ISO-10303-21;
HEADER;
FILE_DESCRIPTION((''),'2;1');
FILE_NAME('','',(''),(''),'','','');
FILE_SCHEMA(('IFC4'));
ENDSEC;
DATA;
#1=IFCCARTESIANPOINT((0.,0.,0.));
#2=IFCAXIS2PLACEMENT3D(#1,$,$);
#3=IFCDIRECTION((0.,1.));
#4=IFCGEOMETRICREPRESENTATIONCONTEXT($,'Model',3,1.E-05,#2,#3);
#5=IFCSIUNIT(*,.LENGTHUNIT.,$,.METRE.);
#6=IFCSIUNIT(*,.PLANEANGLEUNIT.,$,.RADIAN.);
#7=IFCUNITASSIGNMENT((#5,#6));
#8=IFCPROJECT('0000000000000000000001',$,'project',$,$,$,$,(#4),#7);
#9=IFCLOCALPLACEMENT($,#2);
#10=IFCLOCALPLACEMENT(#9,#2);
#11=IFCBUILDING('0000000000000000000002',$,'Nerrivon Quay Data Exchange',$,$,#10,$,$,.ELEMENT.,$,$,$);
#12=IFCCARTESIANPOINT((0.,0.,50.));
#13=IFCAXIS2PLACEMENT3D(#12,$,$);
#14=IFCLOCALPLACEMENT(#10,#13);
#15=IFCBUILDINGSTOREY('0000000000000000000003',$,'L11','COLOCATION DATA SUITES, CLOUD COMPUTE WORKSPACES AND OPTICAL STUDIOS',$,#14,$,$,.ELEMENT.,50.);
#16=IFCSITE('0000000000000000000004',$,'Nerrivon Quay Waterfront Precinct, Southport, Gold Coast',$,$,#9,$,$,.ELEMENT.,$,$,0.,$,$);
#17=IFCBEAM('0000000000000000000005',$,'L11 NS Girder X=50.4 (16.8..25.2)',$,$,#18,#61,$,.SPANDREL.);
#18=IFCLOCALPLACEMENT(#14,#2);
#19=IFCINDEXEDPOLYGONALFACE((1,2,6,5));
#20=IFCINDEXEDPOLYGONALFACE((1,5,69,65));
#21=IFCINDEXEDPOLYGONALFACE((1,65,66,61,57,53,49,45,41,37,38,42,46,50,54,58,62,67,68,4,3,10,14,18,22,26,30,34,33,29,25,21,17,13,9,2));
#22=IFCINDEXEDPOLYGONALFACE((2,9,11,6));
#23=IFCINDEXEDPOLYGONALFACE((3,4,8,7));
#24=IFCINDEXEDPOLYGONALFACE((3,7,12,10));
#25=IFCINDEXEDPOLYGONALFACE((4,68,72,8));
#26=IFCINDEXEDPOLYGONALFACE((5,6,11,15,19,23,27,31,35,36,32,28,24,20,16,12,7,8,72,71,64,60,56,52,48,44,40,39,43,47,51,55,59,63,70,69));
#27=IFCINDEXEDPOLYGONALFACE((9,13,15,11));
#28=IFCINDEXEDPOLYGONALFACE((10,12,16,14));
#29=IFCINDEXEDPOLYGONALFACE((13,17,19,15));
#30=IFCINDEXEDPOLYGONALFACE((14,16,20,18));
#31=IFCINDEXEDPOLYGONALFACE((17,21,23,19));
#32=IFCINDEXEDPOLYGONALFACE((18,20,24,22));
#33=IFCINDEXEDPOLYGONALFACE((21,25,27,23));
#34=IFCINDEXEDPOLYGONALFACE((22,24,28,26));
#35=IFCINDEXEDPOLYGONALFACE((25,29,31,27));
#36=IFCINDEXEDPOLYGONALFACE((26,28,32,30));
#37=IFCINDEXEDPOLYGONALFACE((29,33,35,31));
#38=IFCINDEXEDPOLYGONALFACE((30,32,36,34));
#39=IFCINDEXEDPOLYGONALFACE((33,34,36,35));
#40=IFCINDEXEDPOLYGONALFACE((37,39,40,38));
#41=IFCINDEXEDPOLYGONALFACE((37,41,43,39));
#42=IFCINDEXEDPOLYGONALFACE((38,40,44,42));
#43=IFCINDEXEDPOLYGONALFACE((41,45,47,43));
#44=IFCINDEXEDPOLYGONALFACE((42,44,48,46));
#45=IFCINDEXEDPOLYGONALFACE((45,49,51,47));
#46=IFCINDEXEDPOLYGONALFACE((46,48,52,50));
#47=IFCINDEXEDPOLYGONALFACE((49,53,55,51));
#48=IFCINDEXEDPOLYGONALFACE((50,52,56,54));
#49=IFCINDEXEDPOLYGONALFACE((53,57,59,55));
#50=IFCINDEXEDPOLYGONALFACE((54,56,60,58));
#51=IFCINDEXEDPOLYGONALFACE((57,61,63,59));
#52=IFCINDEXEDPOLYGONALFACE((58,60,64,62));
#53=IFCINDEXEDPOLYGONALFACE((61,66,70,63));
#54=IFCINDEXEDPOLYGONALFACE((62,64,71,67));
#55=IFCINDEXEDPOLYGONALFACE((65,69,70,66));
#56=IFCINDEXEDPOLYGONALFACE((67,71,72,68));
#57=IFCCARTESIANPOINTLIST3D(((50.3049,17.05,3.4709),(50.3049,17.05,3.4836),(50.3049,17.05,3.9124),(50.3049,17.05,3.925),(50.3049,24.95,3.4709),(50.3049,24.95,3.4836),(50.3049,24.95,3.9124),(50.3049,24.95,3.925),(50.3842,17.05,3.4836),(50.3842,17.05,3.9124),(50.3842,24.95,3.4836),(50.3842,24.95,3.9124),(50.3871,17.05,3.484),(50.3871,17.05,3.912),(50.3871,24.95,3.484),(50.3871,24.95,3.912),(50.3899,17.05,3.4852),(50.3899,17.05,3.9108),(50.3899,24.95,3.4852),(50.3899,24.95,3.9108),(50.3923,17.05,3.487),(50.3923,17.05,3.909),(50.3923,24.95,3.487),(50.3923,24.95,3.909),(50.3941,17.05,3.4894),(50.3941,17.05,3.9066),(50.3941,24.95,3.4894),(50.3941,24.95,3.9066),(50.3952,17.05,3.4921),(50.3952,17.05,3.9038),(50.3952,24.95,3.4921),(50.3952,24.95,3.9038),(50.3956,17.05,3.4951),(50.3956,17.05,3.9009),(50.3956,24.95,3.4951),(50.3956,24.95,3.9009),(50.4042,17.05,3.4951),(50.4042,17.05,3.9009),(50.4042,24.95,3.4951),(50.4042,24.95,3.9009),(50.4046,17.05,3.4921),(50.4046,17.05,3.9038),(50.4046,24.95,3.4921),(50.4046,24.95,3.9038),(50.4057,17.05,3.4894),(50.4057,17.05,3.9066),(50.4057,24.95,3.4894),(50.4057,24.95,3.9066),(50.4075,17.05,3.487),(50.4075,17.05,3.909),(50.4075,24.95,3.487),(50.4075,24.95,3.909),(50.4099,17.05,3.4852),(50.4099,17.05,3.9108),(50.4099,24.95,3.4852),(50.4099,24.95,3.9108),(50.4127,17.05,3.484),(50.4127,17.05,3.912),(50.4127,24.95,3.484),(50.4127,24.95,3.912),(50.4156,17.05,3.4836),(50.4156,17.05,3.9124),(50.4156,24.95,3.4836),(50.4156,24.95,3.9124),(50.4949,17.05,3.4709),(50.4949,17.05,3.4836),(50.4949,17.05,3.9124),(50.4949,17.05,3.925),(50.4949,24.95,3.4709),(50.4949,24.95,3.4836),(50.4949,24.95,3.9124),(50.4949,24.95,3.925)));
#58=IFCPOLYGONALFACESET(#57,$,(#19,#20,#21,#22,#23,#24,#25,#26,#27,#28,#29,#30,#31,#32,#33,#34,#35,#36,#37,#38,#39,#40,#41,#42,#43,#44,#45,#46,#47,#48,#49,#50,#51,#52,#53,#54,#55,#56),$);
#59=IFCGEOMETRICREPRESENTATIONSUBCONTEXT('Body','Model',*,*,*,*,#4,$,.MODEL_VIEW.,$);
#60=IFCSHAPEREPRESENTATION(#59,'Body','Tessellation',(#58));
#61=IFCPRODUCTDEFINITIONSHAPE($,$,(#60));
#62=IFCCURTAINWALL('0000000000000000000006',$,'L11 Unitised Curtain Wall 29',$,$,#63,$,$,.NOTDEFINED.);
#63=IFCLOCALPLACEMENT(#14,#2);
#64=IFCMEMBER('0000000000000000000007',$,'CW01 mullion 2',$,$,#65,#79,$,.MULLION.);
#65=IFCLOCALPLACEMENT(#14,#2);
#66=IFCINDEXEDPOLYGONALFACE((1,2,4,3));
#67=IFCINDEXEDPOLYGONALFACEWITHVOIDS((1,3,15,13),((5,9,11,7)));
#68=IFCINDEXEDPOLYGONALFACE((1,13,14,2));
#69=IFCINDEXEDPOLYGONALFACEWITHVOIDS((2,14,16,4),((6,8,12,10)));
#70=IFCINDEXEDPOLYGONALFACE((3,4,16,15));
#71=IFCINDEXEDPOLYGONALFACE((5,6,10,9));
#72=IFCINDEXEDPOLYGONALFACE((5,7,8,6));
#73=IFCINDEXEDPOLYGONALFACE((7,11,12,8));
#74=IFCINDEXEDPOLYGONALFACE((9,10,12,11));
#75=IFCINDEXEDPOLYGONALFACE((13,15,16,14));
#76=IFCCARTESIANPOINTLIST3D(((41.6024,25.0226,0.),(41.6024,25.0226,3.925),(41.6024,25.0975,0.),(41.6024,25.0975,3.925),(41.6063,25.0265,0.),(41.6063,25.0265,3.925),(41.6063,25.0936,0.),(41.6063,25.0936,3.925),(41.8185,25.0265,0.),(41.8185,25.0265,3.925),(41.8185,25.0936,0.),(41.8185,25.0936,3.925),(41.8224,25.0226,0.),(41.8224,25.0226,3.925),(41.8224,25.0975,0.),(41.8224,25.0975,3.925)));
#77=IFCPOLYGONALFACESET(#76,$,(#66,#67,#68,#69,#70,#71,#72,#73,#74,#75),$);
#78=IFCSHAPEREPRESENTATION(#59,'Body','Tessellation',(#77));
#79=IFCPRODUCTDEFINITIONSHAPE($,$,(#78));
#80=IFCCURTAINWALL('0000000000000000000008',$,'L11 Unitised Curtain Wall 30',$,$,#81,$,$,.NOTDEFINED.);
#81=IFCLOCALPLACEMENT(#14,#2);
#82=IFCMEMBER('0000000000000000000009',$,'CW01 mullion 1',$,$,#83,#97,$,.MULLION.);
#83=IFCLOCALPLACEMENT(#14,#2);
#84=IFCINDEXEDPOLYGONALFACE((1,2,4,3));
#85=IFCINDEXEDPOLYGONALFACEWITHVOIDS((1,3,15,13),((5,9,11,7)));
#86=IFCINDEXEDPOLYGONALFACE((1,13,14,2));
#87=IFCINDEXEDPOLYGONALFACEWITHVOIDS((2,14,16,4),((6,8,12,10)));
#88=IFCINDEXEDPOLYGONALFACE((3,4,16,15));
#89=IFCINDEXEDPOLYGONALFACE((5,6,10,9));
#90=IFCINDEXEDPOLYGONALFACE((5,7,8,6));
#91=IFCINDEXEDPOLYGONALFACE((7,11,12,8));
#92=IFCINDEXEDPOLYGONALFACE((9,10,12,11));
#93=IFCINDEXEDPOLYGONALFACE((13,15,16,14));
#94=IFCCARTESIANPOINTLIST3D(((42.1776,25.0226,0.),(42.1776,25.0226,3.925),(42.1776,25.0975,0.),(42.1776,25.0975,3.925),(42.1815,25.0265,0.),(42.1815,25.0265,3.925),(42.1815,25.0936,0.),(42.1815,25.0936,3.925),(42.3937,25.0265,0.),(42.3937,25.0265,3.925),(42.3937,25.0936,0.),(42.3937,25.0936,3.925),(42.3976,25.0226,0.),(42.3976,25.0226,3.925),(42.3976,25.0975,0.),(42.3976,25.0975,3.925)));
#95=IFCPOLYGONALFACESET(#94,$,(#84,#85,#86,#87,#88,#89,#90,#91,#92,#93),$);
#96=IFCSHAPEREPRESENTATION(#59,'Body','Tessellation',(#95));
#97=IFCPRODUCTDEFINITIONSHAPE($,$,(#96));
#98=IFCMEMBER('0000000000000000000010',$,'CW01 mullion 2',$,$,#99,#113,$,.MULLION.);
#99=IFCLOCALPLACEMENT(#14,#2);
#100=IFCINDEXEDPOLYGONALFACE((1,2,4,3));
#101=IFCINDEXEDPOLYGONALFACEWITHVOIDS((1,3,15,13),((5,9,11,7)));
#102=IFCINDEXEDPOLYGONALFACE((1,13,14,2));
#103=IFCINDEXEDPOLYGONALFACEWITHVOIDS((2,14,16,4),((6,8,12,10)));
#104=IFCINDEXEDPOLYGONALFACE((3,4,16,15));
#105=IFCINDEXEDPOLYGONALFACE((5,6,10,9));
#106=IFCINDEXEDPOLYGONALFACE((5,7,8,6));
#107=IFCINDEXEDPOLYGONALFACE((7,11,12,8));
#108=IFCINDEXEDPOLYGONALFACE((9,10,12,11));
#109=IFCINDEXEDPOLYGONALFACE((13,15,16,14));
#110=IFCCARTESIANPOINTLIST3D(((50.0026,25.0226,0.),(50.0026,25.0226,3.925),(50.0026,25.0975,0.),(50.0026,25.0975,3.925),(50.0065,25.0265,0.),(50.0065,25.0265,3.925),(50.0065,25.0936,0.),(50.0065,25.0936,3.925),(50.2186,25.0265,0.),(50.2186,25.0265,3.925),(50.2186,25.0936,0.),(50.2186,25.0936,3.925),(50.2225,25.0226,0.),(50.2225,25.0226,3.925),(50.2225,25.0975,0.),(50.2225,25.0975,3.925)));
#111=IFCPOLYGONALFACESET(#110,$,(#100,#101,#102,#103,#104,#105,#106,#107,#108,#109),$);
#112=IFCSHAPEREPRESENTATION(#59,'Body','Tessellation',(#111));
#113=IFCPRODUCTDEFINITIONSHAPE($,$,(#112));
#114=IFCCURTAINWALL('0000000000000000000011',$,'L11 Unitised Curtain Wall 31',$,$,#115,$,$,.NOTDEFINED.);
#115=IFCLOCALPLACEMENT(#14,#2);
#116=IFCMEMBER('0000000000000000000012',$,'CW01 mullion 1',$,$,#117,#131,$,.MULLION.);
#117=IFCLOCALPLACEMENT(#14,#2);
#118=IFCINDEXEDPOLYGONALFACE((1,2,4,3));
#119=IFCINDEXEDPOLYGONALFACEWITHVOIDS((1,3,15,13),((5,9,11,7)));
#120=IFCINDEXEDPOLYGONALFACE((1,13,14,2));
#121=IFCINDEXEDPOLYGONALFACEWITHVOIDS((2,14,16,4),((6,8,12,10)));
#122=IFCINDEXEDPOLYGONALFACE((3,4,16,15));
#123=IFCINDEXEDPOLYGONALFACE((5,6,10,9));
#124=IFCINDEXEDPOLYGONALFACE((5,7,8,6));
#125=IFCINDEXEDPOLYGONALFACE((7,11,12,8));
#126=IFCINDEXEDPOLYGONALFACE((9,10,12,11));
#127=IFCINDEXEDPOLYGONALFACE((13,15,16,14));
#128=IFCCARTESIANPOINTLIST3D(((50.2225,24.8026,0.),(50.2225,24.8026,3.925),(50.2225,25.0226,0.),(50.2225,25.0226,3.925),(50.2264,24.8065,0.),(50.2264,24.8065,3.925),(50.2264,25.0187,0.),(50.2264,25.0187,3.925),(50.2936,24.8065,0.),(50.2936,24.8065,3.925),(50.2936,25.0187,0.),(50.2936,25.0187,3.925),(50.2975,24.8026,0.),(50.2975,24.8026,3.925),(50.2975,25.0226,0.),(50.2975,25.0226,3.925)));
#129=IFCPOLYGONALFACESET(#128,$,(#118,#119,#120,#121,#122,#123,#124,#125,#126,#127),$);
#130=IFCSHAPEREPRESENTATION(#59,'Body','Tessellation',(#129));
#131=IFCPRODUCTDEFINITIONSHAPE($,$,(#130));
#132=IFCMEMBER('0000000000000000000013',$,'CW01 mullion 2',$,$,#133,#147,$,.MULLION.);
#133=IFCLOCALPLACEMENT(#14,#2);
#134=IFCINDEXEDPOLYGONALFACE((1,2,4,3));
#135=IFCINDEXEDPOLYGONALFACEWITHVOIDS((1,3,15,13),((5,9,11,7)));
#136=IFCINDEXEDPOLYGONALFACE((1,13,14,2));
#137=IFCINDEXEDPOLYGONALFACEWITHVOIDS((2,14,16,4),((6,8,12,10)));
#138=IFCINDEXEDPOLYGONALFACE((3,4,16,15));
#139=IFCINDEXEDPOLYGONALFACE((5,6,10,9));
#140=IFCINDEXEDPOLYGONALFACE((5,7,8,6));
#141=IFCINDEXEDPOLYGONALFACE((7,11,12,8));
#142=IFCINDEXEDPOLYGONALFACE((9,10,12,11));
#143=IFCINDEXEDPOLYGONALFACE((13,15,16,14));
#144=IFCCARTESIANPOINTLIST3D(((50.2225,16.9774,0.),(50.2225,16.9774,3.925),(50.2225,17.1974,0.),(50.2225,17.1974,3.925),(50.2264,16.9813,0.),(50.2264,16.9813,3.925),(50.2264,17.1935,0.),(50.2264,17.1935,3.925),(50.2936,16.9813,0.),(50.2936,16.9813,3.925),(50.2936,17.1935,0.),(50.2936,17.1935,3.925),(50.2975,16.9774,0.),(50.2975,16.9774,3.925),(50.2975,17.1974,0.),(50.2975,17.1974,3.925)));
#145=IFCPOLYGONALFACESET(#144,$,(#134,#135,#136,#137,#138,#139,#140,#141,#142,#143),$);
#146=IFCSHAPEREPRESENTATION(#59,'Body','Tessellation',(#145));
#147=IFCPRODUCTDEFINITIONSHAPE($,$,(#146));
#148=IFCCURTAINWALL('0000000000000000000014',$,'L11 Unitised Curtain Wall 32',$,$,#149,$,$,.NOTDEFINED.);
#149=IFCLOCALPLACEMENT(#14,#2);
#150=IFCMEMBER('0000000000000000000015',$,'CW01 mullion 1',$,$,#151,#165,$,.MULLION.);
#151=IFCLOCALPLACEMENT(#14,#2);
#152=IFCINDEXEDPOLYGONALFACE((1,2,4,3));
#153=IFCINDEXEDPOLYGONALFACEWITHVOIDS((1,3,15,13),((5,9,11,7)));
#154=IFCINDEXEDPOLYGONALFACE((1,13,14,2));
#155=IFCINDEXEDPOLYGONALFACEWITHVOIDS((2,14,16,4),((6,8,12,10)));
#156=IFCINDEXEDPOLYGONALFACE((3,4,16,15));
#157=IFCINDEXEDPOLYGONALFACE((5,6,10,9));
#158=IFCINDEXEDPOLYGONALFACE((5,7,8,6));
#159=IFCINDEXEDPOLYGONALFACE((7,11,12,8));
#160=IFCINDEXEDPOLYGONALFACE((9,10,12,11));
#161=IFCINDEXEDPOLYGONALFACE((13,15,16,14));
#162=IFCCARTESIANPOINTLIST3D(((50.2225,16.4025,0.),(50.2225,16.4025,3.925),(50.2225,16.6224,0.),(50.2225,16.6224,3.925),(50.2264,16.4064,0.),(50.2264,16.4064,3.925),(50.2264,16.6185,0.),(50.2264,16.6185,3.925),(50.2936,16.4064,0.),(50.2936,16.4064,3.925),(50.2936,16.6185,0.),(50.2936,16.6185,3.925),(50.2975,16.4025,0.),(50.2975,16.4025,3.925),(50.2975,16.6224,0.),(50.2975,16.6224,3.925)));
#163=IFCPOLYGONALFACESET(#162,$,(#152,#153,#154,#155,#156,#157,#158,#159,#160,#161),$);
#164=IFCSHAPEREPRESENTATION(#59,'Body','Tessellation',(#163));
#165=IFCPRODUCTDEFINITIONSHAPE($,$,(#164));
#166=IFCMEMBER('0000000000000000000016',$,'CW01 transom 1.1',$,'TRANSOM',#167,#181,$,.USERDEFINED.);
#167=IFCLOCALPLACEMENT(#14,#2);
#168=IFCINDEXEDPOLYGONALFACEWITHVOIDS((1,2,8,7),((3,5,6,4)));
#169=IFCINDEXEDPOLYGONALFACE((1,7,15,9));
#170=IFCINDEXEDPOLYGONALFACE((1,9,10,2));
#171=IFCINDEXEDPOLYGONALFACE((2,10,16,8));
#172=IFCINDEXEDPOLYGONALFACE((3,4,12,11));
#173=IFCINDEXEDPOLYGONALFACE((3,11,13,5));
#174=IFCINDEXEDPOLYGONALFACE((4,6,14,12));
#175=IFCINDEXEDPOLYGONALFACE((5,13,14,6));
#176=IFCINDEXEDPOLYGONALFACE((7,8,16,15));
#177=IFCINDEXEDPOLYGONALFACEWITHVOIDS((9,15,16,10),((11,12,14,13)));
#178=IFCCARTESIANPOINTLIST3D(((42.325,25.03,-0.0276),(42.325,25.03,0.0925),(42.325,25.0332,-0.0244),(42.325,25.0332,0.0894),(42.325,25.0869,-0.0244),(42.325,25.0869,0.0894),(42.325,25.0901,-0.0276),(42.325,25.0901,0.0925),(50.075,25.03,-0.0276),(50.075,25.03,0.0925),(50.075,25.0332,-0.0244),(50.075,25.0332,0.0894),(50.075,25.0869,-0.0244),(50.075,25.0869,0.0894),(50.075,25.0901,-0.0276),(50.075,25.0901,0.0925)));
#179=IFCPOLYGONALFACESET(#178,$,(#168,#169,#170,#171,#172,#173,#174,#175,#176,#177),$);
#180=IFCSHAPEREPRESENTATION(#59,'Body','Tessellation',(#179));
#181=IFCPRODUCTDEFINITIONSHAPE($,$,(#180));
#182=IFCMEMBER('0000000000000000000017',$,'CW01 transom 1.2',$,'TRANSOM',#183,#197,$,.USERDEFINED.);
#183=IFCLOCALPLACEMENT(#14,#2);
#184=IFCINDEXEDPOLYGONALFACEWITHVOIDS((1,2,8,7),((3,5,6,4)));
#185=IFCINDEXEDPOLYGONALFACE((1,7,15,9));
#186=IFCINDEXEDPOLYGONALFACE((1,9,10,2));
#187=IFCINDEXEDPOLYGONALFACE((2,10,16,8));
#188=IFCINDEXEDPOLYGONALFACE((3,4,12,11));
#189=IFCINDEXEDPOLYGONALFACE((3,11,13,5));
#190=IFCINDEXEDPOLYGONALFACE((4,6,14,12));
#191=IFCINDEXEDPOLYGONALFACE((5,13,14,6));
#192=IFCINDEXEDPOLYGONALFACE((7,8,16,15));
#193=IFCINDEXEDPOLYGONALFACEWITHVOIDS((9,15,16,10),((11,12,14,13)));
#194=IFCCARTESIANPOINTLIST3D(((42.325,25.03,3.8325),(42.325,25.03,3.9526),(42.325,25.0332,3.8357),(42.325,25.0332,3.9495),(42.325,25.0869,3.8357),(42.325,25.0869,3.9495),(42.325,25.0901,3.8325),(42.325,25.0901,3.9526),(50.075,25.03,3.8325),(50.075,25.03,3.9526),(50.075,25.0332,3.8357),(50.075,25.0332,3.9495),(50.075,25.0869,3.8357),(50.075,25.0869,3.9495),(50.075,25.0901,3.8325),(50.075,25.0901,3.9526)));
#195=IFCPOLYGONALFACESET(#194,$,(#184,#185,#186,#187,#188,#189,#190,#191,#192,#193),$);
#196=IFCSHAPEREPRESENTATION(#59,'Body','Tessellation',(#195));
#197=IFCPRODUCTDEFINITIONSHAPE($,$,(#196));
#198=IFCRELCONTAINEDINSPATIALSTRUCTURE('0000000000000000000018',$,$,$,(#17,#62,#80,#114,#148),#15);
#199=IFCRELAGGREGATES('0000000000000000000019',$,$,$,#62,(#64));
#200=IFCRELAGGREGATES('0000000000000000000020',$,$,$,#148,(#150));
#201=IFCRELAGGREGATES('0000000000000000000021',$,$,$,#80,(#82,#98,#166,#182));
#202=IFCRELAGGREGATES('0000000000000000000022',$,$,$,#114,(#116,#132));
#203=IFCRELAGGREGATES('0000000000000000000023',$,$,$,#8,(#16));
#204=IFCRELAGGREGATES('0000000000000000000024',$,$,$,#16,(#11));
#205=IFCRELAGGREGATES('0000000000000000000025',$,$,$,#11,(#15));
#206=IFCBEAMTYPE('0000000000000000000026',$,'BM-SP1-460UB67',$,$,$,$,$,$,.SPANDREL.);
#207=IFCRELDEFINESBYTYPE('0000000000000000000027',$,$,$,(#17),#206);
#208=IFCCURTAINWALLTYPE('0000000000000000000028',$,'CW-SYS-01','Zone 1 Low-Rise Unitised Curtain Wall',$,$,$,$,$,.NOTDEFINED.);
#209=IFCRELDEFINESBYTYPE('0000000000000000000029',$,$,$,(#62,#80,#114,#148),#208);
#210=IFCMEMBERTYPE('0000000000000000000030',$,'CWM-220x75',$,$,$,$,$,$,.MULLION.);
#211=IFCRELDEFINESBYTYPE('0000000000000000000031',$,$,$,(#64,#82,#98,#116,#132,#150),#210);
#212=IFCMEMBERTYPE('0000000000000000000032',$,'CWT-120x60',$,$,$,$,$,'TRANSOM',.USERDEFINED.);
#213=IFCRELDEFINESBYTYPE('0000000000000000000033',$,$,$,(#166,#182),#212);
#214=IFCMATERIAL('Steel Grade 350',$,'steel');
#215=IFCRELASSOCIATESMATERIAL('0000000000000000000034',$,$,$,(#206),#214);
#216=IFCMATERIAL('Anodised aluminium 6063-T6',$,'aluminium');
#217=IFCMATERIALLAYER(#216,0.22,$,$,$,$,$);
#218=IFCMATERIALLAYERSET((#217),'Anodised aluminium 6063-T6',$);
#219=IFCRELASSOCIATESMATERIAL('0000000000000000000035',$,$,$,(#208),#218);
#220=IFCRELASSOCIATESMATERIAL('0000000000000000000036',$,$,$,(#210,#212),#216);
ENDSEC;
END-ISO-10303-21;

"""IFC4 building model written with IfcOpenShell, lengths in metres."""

from ifc_helpers import new_model, si_unit, direction, frame, origin, origin_2d, place, context, subcontext, project, spatial, hollow_rectangle, i_section, extrude, material, layer, layer_set, material_profile, profile_set, type_object, element, aggregate, save


model = new_model("IFC4")

# Units and contexts
model_context = context("Model", 3, precision=1e-05, world=origin(), true_north=direction((0.0, 1.0)))
body_context = subcontext(model_context, "Body", "Model", "MODEL_VIEW")
ifc_project = project(units=[si_unit("LENGTHUNIT", "METRE"), si_unit("PLANEANGLEUNIT", "RADIAN")], contexts=[model_context])

# Site, building, storey
site_placement = place(None, origin())
site = spatial("IfcSite", under=ifc_project, at=site_placement, Name="Nerrivon Quay Waterfront Precinct, Southport, Gold Coast", CompositionType="ELEMENT", RefElevation=0.0)
building_placement = place(site_placement, origin())
building = spatial("IfcBuilding", under=site, at=building_placement, Name="Nerrivon Quay Data Exchange", CompositionType="ELEMENT")
storey_placement = place(building_placement, frame((0.0, 0.0, 50.0)))
storey = spatial("IfcBuildingStorey", under=building, at=storey_placement, Name="L11", Description="COLOCATION DATA SUITES, CLOUD COMPUTE WORKSPACES AND OPTICAL STUDIOS", CompositionType="ELEMENT", Elevation=50.0)

# Shared definitions
ifc_material_1 = material(Name="Steel Grade 350", Category="steel")

# Beam
ifc_material_profile_1 = material_profile(ifc_material_1, i_section(OverallWidth=0.1899, OverallDepth=0.4541, WebThickness=0.0085, FlangeThickness=0.0127, FilletRadius=0.0115, at=origin_2d()), Name="460UB67.1")
ifc_profile_set_1 = profile_set([ifc_material_profile_1], Name="Steel Grade 350")
beam_type_1 = type_object("IfcBeamType", Name="BM-SP1-460UB67", PredefinedType="SPANDREL", material=ifc_profile_set_1)
beam_1_placement = place(storey_placement, frame((50.3999, 17.05, 3.698), z_axis=(0.0, 1.0, 0.0), x_axis=(-1.0, 0.0, 0.0)))
element("IfcBeam", 1, at=beam_1_placement, inside=storey, type_object=beam_type_1, Name="L11 NS Girder X=50.4 (16.8..25.2)", PredefinedType="SPANDREL", context=body_context, shape_type="SweptSolid", body=[
    extrude(i_section(OverallWidth=0.1899, OverallDepth=0.4541, WebThickness=0.0085, FlangeThickness=0.0127, FilletRadius=0.0115, at=origin_2d()), origin(), (0.0, 0.0, 1.0), 7.8999),
])

# Curtain wall, member
ifc_material_2 = material(Name="Anodised aluminium 6063-T6", Category="aluminium")
ifc_layer_1 = layer(ifc_material_2, 0.22)
ifc_layer_set_1 = layer_set([ifc_layer_1], Name="Anodised aluminium 6063-T6")
curtain_wall_type = type_object("IfcCurtainWallType", Name="CW-SYS-01", Description="Zone 1 Low-Rise Unitised Curtain Wall", PredefinedType="NOTDEFINED", material=ifc_layer_set_1)
curtain_wall_1_placement = place(storey_placement, origin())
curtain_wall_1 = element("IfcCurtainWall", 2, at=curtain_wall_1_placement, inside=storey, type_object=curtain_wall_type, Name="L11 Unitised Curtain Wall 29", PredefinedType="NOTDEFINED")
ifc_material_profile_2 = material_profile(ifc_material_2, hollow_rectangle(XDim=0.075, YDim=0.22, WallThickness=0.0039, at=origin_2d()), Name="ALU-MULL-220x75")
ifc_profile_set_2 = profile_set([ifc_material_profile_2], Name="Anodised aluminium 6063-T6")
member_type_1 = type_object("IfcMemberType", Name="CWM-220x75", PredefinedType="MULLION", material=ifc_profile_set_2)
member_1_placement = place(storey_placement, frame((41.7124, 25.0601, 0.0), z_axis=(0.0, 0.0, 1.0), x_axis=(0.0, 1.0, 0.0)))
member_1 = element("IfcMember", 3, at=member_1_placement, type_object=member_type_1, Name="CW01 mullion 2", PredefinedType="MULLION", context=body_context, shape_type="SweptSolid", body=[
    extrude(hollow_rectangle(XDim=0.075, YDim=0.22, WallThickness=0.0039, at=origin_2d()), origin(), (0.0, 0.0, 1.0), 3.925),
])
aggregate(curtain_wall_1, [member_1])

# Curtain walls, members
curtain_wall_2_placement = place(storey_placement, origin())
curtain_wall_2 = element("IfcCurtainWall", 4, at=curtain_wall_2_placement, inside=storey, type_object=curtain_wall_type, Name="L11 Unitised Curtain Wall 30", PredefinedType="NOTDEFINED")
member_2_placement = place(storey_placement, frame((42.2876, 25.0601, 0.0), z_axis=(0.0, 0.0, 1.0), x_axis=(0.0, 1.0, 0.0)))
member_2 = element("IfcMember", 5, at=member_2_placement, type_object=member_type_1, Name="CW01 mullion 1", PredefinedType="MULLION", context=body_context, shape_type="SweptSolid", body=[
    extrude(hollow_rectangle(XDim=0.075, YDim=0.22, WallThickness=0.0039, at=origin_2d()), origin(), (0.0, 0.0, 1.0), 3.925),
])
member_3_placement = place(storey_placement, frame((50.1125, 25.0601, 0.0), z_axis=(0.0, 0.0, 1.0), x_axis=(0.0, 1.0, 0.0)))
member_3 = element("IfcMember", 6, at=member_3_placement, type_object=member_type_1, Name="CW01 mullion 2", PredefinedType="MULLION", context=body_context, shape_type="SweptSolid", body=[
    extrude(hollow_rectangle(XDim=0.075, YDim=0.22, WallThickness=0.0039, at=origin_2d()), origin(), (0.0, 0.0, 1.0), 3.925),
])
curtain_wall_3_placement = place(storey_placement, origin())
curtain_wall_3 = element("IfcCurtainWall", 7, at=curtain_wall_3_placement, inside=storey, type_object=curtain_wall_type, Name="L11 Unitised Curtain Wall 31", PredefinedType="NOTDEFINED")
member_4_placement = place(storey_placement, frame((50.26, 24.9126, 0.0), z_axis=(0.0, 0.0, 1.0), x_axis=(1.0, 0.0, 0.0)))
member_4 = element("IfcMember", 8, at=member_4_placement, type_object=member_type_1, Name="CW01 mullion 1", PredefinedType="MULLION", context=body_context, shape_type="SweptSolid", body=[
    extrude(hollow_rectangle(XDim=0.075, YDim=0.22, WallThickness=0.0039, at=origin_2d()), origin(), (0.0, 0.0, 1.0), 3.925),
])
member_5_placement = place(storey_placement, frame((50.26, 17.0874, 0.0), z_axis=(0.0, 0.0, 1.0), x_axis=(1.0, 0.0, 0.0)))
member_5 = element("IfcMember", 9, at=member_5_placement, type_object=member_type_1, Name="CW01 mullion 2", PredefinedType="MULLION", context=body_context, shape_type="SweptSolid", body=[
    extrude(hollow_rectangle(XDim=0.075, YDim=0.22, WallThickness=0.0039, at=origin_2d()), origin(), (0.0, 0.0, 1.0), 3.925),
])

# Curtain wall, member
curtain_wall_4_placement = place(storey_placement, origin())
curtain_wall_4 = element("IfcCurtainWall", 10, at=curtain_wall_4_placement, inside=storey, type_object=curtain_wall_type, Name="L11 Unitised Curtain Wall 32", PredefinedType="NOTDEFINED")
member_6_placement = place(storey_placement, frame((50.26, 16.5125, 0.0), z_axis=(0.0, 0.0, 1.0), x_axis=(1.0, 0.0, 0.0)))
member_6 = element("IfcMember", 11, at=member_6_placement, type_object=member_type_1, Name="CW01 mullion 1", PredefinedType="MULLION", context=body_context, shape_type="SweptSolid", body=[
    extrude(hollow_rectangle(XDim=0.075, YDim=0.22, WallThickness=0.0039, at=origin_2d()), origin(), (0.0, 0.0, 1.0), 3.925),
])

# Members
ifc_material_profile_3 = material_profile(ifc_material_2, hollow_rectangle(XDim=0.0601, YDim=0.1201, WallThickness=0.0032, at=origin_2d()), Name="ALU-TRAN-120x60")
ifc_profile_set_3 = profile_set([ifc_material_profile_3], Name="Anodised aluminium 6063-T6")
member_type_2 = type_object("IfcMemberType", Name="CWT-120x60", ElementType="TRANSOM", PredefinedType="USERDEFINED", material=ifc_profile_set_3)
member_7_placement = place(storey_placement, frame((42.325, 25.0601, 0.0325), z_axis=(1.0, 0.0, 0.0), x_axis=(0.0, 1.0, 0.0)))
member_7 = element("IfcMember", 12, at=member_7_placement, type_object=member_type_2, Name="CW01 transom 1.1", ObjectType="TRANSOM", PredefinedType="USERDEFINED", context=body_context, shape_type="SweptSolid", body=[
    extrude(hollow_rectangle(XDim=0.0601, YDim=0.1201, WallThickness=0.0032, at=origin_2d()), origin(), (0.0, 0.0, 1.0), 7.75),
])
member_8_placement = place(storey_placement, frame((42.325, 25.0601, 3.8926), z_axis=(1.0, 0.0, 0.0), x_axis=(0.0, 1.0, 0.0)))
member_8 = element("IfcMember", 13, at=member_8_placement, type_object=member_type_2, Name="CW01 transom 1.2", ObjectType="TRANSOM", PredefinedType="USERDEFINED", context=body_context, shape_type="SweptSolid", body=[
    extrude(hollow_rectangle(XDim=0.0601, YDim=0.1201, WallThickness=0.0032, at=origin_2d()), origin(), (0.0, 0.0, 1.0), 7.75),
])
aggregate(curtain_wall_4, [member_6])

aggregate(curtain_wall_2, [member_2, member_3, member_7, member_8])
aggregate(curtain_wall_3, [member_4, member_5])

save(model, "model.ifc")
